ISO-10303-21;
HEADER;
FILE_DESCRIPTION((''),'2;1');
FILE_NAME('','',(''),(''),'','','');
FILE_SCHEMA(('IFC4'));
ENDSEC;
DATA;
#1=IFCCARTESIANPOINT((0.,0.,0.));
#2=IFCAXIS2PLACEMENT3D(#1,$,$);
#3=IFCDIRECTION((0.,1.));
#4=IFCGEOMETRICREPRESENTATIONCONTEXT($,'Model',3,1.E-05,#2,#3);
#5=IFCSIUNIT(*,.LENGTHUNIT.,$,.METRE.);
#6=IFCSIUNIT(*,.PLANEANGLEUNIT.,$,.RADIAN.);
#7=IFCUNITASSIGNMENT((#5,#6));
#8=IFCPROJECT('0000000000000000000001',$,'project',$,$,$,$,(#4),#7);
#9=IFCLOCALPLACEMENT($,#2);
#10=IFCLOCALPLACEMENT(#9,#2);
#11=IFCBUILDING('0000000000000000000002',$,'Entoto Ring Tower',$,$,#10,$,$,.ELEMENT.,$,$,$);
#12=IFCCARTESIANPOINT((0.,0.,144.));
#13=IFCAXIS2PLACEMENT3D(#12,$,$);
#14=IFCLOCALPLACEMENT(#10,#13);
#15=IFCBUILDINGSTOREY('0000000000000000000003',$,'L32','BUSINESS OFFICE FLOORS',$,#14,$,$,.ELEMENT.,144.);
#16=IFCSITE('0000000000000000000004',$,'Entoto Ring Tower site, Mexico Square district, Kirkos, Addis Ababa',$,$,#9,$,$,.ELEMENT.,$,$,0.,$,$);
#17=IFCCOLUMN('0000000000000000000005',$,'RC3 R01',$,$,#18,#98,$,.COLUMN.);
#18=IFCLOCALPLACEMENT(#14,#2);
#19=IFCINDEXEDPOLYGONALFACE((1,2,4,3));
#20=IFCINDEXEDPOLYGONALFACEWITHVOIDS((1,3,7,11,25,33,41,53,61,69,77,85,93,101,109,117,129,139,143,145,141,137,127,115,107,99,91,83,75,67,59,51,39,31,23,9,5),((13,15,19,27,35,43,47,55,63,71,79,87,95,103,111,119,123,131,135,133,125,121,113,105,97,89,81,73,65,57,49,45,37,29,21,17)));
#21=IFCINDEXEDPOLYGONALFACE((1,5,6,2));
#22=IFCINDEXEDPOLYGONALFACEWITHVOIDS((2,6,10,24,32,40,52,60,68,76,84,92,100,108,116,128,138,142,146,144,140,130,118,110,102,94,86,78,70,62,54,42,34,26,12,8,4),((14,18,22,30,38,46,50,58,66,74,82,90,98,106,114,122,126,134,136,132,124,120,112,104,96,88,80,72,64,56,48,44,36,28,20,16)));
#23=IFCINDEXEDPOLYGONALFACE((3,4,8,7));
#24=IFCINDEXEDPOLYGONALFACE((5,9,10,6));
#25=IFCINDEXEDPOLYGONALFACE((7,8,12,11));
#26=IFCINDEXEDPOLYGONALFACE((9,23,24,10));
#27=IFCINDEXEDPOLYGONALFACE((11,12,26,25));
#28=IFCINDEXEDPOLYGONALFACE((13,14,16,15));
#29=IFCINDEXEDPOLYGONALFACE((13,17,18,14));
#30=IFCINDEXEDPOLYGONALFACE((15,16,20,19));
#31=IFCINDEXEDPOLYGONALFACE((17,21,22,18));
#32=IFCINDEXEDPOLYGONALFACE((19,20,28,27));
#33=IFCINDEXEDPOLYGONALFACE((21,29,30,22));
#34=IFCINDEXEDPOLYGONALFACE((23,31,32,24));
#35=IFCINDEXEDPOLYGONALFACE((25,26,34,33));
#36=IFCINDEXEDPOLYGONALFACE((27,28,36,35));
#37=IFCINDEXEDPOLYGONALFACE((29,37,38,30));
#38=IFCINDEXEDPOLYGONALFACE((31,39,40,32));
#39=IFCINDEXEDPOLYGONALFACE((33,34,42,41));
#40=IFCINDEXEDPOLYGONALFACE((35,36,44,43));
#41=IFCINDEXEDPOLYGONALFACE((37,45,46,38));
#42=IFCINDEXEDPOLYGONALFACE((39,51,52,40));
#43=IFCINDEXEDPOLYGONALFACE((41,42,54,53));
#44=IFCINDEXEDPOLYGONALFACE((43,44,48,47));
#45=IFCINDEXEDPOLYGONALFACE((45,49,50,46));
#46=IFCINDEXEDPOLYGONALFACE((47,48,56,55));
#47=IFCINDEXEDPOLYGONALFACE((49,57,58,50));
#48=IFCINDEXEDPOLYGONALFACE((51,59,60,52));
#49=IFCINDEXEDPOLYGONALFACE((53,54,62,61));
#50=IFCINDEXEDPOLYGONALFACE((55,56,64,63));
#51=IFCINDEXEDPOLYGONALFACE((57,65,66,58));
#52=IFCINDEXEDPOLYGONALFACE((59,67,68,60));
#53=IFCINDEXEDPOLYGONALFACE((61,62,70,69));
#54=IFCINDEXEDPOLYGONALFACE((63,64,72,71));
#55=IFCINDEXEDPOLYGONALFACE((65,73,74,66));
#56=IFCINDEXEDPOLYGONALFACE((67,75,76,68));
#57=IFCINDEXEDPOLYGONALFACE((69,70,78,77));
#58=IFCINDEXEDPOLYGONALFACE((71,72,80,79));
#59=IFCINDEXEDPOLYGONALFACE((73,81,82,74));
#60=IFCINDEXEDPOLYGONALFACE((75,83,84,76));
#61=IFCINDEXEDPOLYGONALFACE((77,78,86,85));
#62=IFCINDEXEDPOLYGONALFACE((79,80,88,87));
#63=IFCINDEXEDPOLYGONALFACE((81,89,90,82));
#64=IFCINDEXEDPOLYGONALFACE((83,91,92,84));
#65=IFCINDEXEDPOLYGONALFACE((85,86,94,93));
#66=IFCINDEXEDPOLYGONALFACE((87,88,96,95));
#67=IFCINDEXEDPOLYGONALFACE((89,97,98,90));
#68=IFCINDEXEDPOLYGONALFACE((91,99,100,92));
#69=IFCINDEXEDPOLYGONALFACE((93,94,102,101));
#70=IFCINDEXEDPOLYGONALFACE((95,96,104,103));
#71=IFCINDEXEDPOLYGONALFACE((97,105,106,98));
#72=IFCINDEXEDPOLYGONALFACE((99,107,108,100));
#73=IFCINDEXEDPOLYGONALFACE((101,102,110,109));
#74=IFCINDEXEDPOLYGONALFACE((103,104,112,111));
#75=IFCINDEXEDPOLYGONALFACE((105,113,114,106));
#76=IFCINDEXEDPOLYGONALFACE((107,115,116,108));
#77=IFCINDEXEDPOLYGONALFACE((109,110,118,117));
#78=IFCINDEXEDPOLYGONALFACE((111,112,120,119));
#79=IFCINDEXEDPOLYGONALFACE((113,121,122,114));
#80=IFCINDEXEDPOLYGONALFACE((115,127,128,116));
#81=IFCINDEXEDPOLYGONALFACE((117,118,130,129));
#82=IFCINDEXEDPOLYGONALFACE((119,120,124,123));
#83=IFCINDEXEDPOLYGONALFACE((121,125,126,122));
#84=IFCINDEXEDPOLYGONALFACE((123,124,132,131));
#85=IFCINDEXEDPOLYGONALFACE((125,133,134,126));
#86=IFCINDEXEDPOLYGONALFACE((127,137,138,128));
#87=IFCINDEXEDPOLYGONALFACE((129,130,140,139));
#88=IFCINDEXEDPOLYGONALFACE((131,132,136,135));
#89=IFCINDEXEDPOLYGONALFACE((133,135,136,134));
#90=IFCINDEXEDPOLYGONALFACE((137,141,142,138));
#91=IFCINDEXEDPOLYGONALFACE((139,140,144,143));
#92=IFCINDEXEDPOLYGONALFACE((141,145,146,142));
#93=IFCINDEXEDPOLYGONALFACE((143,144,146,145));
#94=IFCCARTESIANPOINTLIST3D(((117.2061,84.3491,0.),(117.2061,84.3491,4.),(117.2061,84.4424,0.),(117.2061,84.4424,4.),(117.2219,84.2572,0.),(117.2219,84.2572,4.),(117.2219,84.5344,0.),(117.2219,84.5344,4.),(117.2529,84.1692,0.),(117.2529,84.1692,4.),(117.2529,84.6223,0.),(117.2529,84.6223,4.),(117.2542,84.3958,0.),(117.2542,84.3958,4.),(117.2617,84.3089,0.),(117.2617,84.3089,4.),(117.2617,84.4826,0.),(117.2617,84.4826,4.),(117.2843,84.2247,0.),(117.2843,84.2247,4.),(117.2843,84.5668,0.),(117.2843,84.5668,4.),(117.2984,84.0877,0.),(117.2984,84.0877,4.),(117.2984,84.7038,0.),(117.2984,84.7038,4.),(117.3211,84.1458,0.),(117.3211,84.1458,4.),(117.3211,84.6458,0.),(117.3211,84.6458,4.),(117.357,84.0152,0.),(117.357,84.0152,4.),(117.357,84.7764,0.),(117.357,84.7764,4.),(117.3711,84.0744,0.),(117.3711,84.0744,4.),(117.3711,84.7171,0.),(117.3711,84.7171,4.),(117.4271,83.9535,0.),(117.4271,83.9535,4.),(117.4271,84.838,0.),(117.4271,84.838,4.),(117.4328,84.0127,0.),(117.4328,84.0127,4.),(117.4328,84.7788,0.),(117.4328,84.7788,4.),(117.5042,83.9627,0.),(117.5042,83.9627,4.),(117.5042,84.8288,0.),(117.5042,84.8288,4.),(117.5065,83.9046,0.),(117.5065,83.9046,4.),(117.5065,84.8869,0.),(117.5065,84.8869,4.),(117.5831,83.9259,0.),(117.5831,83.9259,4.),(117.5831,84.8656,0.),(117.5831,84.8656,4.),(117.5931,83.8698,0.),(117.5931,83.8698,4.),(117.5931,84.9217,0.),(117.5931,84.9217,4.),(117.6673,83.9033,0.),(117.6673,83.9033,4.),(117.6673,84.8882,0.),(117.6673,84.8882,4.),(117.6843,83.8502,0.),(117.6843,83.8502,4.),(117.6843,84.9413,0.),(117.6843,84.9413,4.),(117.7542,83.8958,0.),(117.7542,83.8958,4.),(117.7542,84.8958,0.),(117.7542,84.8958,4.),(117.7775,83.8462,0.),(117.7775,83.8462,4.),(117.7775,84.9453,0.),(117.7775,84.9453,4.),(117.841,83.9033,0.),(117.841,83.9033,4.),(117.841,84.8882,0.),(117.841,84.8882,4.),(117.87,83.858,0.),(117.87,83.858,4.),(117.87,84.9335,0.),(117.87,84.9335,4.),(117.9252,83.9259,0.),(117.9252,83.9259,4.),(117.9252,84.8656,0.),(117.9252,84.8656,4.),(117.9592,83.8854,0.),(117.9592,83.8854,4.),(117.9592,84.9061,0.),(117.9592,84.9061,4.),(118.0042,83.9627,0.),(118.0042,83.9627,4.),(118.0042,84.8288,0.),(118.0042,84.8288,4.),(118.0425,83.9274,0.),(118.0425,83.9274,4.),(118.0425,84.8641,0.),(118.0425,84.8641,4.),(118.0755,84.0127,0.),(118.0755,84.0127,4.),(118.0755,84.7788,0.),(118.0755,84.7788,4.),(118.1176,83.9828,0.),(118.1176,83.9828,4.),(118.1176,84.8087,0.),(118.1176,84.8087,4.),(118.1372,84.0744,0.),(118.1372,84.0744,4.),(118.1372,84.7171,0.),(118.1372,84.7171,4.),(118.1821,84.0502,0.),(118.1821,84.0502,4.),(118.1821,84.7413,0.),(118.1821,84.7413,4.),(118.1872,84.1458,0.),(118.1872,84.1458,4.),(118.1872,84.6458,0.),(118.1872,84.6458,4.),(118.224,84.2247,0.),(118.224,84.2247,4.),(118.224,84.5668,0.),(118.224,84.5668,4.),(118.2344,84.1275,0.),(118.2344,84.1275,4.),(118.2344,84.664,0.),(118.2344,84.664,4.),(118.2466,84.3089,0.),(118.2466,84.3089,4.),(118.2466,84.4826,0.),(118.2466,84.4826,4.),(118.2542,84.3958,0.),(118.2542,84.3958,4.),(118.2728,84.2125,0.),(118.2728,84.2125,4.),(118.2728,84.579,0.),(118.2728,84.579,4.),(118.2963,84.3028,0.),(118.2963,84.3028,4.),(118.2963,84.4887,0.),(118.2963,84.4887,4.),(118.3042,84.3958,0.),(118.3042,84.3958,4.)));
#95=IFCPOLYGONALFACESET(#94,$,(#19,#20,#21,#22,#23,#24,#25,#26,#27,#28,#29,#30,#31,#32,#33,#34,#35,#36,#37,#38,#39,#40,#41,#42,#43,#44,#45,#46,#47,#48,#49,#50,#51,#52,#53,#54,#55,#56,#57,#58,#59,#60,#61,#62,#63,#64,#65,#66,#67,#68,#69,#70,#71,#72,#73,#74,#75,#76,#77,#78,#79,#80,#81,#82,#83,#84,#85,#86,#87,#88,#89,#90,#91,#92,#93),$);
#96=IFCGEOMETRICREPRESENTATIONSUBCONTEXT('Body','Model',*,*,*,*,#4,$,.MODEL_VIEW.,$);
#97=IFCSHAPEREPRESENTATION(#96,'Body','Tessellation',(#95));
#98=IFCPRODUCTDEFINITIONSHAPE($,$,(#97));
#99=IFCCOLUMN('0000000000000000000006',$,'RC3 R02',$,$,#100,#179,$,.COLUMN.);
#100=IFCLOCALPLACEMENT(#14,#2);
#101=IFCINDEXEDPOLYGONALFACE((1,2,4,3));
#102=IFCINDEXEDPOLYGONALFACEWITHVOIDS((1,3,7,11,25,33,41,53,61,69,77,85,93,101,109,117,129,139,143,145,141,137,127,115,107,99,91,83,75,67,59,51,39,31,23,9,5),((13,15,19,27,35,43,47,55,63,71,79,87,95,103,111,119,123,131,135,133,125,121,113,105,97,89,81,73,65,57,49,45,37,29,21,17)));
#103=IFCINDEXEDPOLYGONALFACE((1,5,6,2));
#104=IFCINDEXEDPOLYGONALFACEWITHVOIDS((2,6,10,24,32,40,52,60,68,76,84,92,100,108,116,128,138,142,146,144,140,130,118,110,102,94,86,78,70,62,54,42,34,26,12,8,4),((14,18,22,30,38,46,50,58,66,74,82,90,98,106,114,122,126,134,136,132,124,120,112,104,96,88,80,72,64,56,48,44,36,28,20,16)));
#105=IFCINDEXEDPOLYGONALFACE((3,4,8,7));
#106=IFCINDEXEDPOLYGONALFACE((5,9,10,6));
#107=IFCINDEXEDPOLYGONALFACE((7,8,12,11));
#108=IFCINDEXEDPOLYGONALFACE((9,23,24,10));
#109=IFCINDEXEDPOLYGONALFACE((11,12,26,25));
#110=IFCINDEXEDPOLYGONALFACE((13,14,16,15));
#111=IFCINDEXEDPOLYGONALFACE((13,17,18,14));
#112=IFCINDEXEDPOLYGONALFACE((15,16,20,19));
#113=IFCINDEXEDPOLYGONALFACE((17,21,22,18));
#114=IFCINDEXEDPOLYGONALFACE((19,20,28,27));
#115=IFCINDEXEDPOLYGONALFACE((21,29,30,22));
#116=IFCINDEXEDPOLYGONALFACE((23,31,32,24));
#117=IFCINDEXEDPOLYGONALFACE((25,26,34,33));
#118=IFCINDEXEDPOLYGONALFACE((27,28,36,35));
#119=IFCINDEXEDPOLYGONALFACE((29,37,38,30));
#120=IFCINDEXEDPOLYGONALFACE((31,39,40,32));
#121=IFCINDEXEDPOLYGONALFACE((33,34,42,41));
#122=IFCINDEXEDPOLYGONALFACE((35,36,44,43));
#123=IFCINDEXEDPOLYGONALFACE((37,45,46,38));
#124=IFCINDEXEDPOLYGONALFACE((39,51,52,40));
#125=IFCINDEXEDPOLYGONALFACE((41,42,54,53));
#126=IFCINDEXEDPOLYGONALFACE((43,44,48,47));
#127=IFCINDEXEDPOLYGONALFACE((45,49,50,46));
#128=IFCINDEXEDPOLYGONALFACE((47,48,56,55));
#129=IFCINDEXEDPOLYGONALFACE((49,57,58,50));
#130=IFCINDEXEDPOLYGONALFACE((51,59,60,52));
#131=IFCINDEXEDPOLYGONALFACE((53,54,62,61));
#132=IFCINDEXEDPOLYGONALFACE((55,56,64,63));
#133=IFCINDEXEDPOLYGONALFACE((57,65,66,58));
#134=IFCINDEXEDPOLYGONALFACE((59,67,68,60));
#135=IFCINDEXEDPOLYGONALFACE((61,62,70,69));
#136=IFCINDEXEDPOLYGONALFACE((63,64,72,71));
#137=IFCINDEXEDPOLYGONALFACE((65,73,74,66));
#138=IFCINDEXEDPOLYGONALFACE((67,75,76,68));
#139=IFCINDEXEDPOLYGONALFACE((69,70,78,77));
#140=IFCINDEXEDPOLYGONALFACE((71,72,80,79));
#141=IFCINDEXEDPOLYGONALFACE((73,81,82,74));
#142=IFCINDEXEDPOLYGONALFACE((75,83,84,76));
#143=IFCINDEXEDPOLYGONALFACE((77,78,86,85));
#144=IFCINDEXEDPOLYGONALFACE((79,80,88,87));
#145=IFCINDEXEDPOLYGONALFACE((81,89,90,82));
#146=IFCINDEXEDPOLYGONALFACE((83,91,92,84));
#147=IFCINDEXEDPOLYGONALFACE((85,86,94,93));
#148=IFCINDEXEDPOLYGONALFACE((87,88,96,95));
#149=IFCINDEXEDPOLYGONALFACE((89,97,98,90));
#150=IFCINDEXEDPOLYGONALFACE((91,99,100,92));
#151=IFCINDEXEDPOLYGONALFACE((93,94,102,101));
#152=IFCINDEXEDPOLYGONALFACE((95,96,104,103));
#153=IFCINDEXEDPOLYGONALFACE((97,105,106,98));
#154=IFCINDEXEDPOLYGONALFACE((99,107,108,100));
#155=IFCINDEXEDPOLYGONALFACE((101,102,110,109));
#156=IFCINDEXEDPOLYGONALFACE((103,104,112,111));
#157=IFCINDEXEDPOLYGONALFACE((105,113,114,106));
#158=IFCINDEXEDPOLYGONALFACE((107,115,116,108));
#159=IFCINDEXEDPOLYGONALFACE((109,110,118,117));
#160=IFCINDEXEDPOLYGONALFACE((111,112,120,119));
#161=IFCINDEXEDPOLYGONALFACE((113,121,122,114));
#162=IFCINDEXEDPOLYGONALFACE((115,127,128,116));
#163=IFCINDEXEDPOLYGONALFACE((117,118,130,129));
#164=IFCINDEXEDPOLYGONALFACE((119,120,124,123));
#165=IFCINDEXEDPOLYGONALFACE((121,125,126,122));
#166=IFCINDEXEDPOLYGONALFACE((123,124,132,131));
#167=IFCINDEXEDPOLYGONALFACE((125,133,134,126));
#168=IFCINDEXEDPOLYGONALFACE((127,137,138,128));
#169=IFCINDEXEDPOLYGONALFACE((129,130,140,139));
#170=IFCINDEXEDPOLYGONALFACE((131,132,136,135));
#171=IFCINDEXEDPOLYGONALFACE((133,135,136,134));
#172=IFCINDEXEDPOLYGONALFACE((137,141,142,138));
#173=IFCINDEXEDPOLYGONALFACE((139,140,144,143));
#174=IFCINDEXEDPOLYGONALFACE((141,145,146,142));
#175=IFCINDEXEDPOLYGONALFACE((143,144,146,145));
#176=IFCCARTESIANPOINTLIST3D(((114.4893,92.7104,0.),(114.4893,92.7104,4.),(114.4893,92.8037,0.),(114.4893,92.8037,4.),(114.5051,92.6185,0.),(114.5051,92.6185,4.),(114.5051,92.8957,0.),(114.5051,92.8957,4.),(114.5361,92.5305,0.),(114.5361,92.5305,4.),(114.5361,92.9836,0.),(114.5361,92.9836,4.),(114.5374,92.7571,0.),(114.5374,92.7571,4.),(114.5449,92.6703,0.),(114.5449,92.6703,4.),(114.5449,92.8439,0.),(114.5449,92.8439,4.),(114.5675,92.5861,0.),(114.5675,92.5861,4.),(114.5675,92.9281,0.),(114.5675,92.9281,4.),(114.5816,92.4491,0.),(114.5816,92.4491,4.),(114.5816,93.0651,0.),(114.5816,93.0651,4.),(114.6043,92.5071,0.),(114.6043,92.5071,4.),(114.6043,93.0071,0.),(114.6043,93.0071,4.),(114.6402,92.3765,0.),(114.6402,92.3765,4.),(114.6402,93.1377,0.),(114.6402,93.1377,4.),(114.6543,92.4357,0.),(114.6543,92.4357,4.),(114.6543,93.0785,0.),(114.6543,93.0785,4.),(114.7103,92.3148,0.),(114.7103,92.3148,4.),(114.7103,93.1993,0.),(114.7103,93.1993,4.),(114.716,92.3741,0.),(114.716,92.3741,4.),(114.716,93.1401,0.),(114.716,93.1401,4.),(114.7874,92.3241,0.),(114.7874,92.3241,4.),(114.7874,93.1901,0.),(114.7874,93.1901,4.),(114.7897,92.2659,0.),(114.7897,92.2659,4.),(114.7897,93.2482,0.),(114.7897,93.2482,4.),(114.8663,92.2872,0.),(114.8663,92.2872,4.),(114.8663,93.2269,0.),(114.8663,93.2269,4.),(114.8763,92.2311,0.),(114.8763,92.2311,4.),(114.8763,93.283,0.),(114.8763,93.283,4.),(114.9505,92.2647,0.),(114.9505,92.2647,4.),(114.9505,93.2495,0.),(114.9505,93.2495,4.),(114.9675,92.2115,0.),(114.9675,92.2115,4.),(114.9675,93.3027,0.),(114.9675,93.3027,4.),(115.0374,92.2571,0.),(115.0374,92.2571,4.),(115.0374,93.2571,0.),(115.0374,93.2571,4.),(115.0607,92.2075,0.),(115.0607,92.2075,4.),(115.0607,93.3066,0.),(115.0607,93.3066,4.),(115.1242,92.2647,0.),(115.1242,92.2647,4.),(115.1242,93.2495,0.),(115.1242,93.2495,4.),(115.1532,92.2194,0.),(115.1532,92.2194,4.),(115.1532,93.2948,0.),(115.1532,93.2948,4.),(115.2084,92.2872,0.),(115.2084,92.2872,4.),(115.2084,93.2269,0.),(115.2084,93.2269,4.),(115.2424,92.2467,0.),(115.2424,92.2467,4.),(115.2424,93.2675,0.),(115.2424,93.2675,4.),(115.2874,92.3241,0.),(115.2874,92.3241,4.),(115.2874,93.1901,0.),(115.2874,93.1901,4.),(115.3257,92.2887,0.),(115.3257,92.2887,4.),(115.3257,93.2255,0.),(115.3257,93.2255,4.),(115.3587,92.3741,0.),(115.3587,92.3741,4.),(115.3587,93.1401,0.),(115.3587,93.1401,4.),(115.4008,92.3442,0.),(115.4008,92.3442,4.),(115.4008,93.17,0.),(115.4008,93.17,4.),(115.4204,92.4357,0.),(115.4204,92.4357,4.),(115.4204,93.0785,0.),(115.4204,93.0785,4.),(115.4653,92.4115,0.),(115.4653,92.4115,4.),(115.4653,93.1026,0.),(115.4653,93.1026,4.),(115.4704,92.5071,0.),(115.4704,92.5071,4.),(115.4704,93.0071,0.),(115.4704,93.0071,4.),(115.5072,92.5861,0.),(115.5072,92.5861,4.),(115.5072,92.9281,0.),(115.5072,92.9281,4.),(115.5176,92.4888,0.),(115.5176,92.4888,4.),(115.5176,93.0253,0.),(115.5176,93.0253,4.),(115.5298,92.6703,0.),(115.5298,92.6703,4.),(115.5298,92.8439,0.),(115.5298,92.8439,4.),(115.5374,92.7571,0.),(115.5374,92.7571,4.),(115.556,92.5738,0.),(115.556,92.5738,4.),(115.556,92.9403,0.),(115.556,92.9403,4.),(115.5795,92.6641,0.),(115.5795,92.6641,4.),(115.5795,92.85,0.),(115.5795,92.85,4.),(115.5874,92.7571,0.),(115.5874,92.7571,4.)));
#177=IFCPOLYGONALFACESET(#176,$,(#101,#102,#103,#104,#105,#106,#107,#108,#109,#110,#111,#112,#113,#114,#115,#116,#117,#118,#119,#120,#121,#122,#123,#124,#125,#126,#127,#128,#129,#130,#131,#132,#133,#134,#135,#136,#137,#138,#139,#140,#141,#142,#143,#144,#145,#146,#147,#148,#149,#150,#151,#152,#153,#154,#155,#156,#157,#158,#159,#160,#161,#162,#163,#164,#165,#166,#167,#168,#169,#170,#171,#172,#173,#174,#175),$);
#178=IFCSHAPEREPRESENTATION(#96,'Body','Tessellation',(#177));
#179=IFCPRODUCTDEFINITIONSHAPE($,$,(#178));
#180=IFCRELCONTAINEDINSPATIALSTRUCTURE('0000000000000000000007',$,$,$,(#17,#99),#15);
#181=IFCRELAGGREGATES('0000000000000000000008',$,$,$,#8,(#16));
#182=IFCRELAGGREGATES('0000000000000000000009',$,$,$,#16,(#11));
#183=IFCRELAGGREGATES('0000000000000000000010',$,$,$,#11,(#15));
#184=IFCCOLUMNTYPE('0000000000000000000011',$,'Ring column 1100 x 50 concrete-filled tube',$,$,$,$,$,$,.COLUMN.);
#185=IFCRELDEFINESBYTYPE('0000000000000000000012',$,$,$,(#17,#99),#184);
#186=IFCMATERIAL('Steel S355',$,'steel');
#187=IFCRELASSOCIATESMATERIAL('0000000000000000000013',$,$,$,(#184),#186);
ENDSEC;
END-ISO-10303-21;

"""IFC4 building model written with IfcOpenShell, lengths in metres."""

from ifc_helpers import new_model, si_unit, direction, frame, origin, origin_2d, place, context, subcontext, project, spatial, circle, hollow_circle, extrude, material, material_profile, profile_set, type_object, element, save


model = new_model("IFC4")

# Units and contexts
model_context = context("Model", 3, precision=1e-05, world=origin(), true_north=direction((0.0, 1.0)))
body_context = subcontext(model_context, "Body", "Model", "MODEL_VIEW")
ifc_project = project(units=[si_unit("LENGTHUNIT", "METRE"), si_unit("PLANEANGLEUNIT", "RADIAN")], contexts=[model_context])

# Site, building, storey
site_placement = place(None, origin())
site = spatial("IfcSite", under=ifc_project, at=site_placement, Name="Entoto Ring Tower site, Mexico Square district, Kirkos, Addis Ababa", CompositionType="ELEMENT", RefElevation=0.0)
building_placement = place(site_placement, origin())
building = spatial("IfcBuilding", under=site, at=building_placement, Name="Entoto Ring Tower", CompositionType="ELEMENT")
storey_placement = place(building_placement, frame((0.0, 0.0, 144.0)))
storey = spatial("IfcBuildingStorey", under=building, at=storey_placement, Name="L32", Description="BUSINESS OFFICE FLOORS", CompositionType="ELEMENT", Elevation=144.0)

# Columns
ifc_material_1 = material(Name="Steel S355", Category="steel")
ifc_material_profile_1 = material_profile(ifc_material_1, hollow_circle(Radius=0.55, WallThickness=0.05, at=origin_2d()), Name="CHS 1100 x 50")
ifc_material_2 = material(Name="Concrete C60/75", Category="concrete")
ifc_material_profile_2 = material_profile(ifc_material_2, circle(Radius=0.5, at=origin_2d()), Name="Concrete C60/75 infill")
ifc_profile_set_1 = profile_set([ifc_material_profile_1, ifc_material_profile_2], Name="Steel S355")
column_type = type_object("IfcColumnType", Name="Ring column 1100 x 50 concrete-filled tube", PredefinedType="COLUMN", material=ifc_profile_set_1)
for number, where, z_axis, x_axis, name in (
    (1, (117.7542, 84.3958, 0.0), (0.0, 0.0, 1.0), (1.0, 0.0, 0.0), "RC3 R01"),
    (2, (115.0374, 92.7571, 0.0), (0.0, 0.0, 1.0), (1.0, 0.0, 0.0), "RC3 R02"),
):
    element("IfcColumn", number, at=place(storey_placement, frame(where, z_axis=z_axis, x_axis=x_axis)), inside=storey, type_object=column_type, Name=name, PredefinedType="COLUMN", context=body_context, shape_type="SweptSolid", body=[
        extrude(hollow_circle(Radius=0.55, WallThickness=0.05, at=origin_2d()), origin(), (0.0, 0.0, 1.0), 4.0),
    ])

save(model, "model.ifc")
